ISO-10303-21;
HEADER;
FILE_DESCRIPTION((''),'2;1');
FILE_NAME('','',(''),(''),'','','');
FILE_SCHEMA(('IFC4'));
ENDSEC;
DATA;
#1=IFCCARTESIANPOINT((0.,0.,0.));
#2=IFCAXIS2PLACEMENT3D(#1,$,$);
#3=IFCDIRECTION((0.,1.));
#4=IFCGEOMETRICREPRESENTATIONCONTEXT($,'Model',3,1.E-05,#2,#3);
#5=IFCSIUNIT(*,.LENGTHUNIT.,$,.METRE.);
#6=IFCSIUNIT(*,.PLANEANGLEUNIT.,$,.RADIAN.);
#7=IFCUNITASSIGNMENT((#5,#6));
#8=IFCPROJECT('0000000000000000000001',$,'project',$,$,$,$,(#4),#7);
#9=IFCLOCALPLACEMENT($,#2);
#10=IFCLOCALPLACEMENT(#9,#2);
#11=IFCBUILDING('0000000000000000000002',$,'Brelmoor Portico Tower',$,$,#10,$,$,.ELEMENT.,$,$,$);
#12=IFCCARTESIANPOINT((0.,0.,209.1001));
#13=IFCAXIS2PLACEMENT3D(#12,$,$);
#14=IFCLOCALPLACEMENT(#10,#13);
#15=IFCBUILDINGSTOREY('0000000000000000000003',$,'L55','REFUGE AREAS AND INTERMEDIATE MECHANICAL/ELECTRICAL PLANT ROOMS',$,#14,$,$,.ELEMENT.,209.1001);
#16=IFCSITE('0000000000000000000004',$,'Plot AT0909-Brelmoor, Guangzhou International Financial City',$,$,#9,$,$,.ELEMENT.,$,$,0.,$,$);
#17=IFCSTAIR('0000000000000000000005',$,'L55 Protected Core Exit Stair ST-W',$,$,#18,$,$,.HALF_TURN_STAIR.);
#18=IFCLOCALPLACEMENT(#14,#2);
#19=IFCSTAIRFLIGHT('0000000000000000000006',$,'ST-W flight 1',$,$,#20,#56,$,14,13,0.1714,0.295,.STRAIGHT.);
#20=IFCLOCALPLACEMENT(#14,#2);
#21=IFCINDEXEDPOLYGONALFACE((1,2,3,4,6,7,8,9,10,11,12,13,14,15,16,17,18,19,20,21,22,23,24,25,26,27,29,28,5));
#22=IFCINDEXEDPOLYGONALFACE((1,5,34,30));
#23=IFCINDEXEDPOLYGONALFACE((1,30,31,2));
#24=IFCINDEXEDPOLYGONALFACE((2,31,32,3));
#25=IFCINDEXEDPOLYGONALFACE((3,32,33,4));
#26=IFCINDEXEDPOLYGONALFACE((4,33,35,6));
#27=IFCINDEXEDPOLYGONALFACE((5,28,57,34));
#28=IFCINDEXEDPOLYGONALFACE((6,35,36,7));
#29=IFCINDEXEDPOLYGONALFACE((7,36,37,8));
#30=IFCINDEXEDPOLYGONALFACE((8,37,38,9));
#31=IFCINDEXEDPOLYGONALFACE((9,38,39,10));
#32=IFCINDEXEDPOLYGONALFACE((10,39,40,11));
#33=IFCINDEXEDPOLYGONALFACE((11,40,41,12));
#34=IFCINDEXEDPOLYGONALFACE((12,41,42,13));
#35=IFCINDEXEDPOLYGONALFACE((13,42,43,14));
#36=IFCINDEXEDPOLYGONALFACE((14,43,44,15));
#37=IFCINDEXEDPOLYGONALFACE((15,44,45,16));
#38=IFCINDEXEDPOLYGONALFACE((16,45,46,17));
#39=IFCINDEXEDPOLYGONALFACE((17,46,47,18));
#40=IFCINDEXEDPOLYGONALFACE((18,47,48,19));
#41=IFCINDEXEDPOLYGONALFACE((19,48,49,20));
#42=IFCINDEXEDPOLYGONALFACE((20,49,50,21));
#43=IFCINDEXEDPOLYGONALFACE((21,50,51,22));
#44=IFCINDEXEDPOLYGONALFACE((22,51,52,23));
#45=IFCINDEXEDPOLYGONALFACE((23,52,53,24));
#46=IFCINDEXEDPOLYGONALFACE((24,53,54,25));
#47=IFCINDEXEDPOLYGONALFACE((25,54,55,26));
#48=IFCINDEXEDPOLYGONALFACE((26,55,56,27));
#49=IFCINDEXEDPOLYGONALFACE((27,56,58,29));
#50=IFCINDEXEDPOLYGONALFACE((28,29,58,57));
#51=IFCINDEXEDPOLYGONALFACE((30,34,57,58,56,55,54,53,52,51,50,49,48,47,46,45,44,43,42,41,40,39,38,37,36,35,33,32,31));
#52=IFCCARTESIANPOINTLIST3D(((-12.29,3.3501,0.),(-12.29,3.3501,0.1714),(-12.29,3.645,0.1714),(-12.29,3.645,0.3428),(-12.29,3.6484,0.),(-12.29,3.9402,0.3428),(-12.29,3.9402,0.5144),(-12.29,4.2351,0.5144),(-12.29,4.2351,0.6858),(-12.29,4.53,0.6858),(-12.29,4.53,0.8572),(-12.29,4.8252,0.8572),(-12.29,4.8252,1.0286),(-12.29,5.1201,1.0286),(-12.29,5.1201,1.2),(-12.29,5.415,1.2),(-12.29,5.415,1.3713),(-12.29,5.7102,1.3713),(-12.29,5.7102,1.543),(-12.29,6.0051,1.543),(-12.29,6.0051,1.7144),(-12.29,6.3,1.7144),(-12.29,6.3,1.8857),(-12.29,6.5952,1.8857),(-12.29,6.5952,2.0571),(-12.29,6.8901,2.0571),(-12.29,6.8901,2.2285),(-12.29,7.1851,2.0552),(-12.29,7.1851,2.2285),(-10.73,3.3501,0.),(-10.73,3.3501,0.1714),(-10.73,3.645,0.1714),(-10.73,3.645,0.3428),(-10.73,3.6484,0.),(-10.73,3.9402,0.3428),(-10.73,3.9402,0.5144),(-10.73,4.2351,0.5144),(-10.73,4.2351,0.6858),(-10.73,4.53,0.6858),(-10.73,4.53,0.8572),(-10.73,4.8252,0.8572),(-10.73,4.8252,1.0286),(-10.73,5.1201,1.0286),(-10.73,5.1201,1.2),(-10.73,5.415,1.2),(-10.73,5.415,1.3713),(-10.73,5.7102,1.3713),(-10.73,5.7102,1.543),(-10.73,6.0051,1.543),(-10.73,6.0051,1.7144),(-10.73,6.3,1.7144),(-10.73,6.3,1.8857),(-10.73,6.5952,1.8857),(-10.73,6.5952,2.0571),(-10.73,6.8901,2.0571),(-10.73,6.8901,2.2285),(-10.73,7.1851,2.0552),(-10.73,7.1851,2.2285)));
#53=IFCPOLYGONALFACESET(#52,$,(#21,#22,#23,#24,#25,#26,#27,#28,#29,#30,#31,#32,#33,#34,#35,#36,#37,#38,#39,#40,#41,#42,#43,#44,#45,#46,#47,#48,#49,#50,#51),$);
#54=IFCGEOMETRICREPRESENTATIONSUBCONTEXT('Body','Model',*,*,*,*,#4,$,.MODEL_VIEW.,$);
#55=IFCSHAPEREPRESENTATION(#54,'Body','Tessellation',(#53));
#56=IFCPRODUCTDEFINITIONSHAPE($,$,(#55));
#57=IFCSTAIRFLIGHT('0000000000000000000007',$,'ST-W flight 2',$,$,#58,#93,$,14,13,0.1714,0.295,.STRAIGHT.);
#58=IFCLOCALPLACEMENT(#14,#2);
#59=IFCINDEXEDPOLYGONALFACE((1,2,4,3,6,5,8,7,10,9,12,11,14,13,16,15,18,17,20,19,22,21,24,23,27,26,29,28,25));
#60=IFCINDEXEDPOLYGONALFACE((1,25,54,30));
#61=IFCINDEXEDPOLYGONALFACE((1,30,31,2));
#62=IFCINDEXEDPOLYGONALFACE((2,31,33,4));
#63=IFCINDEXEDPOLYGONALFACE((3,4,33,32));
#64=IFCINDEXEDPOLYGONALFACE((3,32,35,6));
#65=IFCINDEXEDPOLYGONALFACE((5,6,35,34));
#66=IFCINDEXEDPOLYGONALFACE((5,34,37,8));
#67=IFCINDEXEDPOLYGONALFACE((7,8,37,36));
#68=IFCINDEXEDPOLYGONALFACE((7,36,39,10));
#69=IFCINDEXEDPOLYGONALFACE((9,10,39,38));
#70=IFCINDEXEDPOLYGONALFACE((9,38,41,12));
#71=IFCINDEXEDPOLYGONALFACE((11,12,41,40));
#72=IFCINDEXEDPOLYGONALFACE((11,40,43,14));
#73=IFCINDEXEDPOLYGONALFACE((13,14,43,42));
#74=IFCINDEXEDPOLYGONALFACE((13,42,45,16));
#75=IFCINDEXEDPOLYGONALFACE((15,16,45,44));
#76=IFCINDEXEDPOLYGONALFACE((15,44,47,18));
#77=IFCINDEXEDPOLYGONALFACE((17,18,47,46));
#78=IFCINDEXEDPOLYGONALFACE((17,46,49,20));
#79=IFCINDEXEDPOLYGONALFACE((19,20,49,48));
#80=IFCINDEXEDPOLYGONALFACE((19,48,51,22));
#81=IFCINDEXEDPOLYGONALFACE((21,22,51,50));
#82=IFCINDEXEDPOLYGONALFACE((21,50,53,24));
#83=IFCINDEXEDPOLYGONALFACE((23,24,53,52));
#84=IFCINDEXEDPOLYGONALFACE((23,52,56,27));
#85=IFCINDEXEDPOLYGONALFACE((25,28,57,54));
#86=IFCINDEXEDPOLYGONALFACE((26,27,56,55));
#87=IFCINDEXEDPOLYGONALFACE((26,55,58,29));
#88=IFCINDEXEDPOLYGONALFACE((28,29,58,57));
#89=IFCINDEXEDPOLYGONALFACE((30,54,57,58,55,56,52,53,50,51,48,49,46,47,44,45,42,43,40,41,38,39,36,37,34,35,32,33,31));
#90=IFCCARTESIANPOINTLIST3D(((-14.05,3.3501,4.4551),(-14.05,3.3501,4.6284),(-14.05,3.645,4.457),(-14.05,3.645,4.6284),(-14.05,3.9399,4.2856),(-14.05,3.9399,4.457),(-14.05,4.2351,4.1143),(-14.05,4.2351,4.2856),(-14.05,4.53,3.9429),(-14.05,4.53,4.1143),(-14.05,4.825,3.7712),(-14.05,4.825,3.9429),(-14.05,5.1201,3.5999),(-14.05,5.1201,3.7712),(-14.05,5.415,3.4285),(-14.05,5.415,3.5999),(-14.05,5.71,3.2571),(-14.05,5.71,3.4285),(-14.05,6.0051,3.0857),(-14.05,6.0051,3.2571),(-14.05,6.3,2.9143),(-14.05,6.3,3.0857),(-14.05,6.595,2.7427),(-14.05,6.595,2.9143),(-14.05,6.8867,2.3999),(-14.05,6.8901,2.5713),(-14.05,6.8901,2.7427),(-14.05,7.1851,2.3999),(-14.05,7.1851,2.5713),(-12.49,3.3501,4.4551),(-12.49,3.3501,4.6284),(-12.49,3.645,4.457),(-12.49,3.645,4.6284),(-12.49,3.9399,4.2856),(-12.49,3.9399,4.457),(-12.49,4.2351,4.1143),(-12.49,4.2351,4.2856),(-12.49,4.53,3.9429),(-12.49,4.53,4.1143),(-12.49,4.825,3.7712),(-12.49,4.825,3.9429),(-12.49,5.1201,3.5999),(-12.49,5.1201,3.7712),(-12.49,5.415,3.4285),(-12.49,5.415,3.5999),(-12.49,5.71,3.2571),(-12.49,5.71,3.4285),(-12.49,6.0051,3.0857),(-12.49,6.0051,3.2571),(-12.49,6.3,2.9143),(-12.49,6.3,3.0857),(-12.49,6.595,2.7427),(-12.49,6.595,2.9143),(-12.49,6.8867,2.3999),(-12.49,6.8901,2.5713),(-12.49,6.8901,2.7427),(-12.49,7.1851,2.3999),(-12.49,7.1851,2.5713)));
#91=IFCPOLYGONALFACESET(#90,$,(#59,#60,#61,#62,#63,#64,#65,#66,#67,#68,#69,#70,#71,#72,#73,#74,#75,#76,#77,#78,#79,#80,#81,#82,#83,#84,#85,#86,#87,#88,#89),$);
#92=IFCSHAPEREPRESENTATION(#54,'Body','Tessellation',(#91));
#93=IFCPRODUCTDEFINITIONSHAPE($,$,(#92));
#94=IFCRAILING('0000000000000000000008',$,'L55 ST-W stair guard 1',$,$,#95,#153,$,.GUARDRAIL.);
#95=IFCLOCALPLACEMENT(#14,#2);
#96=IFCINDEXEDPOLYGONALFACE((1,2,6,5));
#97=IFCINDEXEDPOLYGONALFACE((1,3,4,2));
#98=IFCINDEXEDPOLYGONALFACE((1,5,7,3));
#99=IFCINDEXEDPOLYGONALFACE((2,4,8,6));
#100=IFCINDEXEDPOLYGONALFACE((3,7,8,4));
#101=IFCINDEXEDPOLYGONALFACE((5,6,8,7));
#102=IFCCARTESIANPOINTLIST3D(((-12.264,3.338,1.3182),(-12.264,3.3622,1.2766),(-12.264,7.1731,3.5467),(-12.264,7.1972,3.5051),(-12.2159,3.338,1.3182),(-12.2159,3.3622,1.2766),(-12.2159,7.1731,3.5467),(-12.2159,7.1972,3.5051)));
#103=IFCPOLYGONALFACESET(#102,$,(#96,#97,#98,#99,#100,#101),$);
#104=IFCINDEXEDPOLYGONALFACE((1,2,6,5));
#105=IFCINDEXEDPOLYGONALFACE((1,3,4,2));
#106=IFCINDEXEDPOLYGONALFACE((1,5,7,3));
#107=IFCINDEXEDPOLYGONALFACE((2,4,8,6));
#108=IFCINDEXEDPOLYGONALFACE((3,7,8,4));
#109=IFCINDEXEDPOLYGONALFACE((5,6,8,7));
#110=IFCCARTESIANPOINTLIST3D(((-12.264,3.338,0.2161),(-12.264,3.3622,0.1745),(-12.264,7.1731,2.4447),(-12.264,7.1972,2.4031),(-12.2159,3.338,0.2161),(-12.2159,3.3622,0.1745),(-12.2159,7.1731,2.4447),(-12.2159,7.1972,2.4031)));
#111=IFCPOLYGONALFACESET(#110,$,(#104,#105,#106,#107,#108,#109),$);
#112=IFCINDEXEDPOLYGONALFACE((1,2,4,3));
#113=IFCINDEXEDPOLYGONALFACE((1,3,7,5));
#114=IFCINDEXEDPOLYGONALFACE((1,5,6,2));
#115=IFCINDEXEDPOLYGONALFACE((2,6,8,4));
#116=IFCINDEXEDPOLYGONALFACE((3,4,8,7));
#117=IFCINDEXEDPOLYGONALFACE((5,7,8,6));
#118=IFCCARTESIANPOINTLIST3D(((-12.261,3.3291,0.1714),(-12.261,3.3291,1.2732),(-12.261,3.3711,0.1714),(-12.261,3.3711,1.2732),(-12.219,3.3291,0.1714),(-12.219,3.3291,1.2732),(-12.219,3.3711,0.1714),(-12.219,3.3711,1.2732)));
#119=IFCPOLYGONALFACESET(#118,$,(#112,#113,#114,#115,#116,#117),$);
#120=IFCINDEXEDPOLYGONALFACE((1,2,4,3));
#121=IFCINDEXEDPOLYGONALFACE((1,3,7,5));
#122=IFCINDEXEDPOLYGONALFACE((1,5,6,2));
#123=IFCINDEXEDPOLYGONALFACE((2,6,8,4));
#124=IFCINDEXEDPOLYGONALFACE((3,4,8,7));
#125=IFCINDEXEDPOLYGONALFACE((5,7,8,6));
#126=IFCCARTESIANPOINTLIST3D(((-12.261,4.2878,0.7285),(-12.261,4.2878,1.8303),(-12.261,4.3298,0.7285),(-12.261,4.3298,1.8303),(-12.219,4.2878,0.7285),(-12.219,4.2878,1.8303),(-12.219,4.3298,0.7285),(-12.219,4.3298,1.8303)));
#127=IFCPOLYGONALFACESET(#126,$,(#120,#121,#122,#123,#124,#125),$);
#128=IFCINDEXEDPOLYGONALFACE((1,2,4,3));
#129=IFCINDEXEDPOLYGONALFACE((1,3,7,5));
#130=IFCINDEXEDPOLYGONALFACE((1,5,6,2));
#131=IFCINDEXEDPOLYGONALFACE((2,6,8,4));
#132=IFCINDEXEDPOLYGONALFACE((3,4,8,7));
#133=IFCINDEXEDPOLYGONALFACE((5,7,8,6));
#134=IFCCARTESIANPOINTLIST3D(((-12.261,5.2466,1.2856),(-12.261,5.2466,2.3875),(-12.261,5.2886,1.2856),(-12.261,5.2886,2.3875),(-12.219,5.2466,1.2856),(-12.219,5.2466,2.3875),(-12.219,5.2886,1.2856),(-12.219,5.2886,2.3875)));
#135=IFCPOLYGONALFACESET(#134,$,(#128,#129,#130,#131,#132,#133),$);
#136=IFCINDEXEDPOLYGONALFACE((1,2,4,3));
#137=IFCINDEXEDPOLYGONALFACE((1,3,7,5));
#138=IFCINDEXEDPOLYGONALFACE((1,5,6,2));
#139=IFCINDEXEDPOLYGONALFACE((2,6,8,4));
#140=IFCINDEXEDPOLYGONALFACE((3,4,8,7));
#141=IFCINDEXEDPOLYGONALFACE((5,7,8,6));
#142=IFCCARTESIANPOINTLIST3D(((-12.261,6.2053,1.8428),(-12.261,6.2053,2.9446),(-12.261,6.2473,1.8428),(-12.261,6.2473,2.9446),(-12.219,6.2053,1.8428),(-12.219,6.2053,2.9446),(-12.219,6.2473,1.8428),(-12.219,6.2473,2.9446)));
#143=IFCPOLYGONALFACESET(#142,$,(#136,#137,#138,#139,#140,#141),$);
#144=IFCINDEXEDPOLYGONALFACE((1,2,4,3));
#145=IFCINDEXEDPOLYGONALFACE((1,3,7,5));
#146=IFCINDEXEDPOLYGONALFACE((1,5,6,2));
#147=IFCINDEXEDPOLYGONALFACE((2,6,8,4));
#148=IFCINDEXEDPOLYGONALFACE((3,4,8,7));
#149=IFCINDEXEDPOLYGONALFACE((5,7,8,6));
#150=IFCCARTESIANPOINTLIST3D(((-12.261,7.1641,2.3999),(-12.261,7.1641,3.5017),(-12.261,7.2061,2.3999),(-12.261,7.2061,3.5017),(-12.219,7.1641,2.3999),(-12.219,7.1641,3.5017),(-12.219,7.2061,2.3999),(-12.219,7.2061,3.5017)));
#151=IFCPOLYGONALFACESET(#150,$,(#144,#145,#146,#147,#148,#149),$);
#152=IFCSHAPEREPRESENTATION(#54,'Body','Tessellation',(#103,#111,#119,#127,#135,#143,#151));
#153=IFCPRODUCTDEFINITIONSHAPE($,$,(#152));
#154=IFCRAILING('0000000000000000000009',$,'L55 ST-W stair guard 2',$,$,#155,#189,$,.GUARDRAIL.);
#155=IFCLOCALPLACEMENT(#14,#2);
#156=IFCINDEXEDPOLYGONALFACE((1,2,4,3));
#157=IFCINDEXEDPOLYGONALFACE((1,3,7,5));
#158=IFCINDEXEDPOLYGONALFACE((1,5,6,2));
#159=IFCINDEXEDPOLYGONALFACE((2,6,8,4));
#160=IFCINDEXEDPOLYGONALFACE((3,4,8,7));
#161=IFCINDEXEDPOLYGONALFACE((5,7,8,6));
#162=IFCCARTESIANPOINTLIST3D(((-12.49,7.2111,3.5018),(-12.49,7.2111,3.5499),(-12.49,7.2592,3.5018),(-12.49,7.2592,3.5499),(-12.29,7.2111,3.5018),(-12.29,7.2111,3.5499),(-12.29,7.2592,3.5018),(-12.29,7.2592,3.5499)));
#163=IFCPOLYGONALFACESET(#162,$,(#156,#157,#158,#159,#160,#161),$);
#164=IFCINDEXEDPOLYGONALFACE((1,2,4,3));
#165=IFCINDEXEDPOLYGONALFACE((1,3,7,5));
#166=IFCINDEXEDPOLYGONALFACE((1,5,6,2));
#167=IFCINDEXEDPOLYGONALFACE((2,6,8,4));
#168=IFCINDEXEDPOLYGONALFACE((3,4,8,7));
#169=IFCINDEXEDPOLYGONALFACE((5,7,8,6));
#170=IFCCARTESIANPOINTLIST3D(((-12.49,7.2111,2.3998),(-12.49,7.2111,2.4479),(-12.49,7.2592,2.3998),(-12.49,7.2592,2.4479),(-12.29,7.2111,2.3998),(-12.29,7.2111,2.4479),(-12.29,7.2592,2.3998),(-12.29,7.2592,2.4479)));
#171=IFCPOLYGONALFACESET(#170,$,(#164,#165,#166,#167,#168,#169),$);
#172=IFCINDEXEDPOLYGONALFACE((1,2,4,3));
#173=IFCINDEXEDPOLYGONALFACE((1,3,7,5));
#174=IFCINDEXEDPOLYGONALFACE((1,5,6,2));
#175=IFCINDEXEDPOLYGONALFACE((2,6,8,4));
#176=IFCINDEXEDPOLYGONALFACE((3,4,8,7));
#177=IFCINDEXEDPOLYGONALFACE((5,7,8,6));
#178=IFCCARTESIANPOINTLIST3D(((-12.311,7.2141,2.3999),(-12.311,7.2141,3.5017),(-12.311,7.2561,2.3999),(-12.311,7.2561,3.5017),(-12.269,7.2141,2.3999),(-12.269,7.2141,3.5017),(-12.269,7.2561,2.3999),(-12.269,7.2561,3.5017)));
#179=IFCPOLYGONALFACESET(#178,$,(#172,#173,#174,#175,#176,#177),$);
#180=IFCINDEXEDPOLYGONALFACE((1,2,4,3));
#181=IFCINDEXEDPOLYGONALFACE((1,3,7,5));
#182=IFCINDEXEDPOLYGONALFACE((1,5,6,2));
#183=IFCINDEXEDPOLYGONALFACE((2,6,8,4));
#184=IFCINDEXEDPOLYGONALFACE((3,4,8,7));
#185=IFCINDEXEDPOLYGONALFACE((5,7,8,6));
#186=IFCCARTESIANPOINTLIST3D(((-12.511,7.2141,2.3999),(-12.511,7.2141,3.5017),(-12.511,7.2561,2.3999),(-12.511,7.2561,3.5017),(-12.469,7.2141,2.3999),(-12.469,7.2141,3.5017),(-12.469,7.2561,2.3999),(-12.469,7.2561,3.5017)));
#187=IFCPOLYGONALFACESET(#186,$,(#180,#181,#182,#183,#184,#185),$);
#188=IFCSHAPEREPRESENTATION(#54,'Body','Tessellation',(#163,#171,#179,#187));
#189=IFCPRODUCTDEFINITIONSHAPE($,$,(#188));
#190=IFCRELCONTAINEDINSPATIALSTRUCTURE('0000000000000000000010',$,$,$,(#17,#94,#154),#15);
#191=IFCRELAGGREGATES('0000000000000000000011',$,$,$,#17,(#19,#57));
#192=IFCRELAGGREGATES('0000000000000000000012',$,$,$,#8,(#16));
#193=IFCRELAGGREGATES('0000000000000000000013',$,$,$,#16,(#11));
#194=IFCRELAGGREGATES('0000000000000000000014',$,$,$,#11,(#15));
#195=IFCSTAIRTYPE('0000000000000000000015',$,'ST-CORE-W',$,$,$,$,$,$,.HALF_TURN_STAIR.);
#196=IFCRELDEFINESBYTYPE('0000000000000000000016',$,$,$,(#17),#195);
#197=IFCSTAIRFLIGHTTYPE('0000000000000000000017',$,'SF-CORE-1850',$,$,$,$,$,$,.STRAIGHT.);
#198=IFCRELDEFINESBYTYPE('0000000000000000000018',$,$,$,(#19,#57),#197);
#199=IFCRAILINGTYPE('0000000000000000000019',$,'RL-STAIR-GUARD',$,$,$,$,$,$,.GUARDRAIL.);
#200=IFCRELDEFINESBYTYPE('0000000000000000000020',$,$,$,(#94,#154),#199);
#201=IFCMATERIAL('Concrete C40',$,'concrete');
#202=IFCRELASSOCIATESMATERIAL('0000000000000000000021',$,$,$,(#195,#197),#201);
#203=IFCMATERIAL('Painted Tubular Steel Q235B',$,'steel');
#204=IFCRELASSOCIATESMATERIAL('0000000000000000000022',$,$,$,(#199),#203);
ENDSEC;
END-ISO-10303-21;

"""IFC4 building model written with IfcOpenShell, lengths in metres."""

from ifc_helpers import new_model, si_unit, direction, frame, origin, origin_2d, place, context, subcontext, project, spatial, polyline, rectangle, outline, extrude, material, type_object, element, aggregate, save


model = new_model("IFC4")

# Units and contexts
model_context = context("Model", 3, precision=1e-05, world=origin(), true_north=direction((0.0, 1.0)))
body_context = subcontext(model_context, "Body", "Model", "MODEL_VIEW")
ifc_project = project(units=[si_unit("LENGTHUNIT", "METRE"), si_unit("PLANEANGLEUNIT", "RADIAN")], contexts=[model_context])

# Site, building, storey
site_placement = place(None, origin())
site = spatial("IfcSite", under=ifc_project, at=site_placement, Name="Plot AT0909-Brelmoor, Guangzhou International Financial City", CompositionType="ELEMENT", RefElevation=0.0)
building_placement = place(site_placement, origin())
building = spatial("IfcBuilding", under=site, at=building_placement, Name="Brelmoor Portico Tower", CompositionType="ELEMENT")
storey_placement = place(building_placement, frame((0.0, 0.0, 209.1001)))
storey = spatial("IfcBuildingStorey", under=building, at=storey_placement, Name="L55", Description="REFUGE AREAS AND INTERMEDIATE MECHANICAL/ELECTRICAL PLANT ROOMS", CompositionType="ELEMENT", Elevation=209.1001)

# Shared definitions
ifc_material_1 = material(Name="Concrete C40", Category="concrete")

# Stair, stair flights
stair_type = type_object("IfcStairType", Name="ST-CORE-W", PredefinedType="HALF_TURN_STAIR", material=ifc_material_1)
stair_placement = place(storey_placement, origin())
stair = element("IfcStair", 1, at=stair_placement, inside=storey, type_object=stair_type, Name="L55 Protected Core Exit Stair ST-W", PredefinedType="HALF_TURN_STAIR")
stair_flight_type = type_object("IfcStairFlightType", Name="SF-CORE-1850", PredefinedType="STRAIGHT", material=ifc_material_1)
stair_flight_1_placement = place(storey_placement, frame((-11.51, 3.3501, 0.0), z_axis=(0.0, 0.0, 1.0), x_axis=(0.0, 1.0, 0.0)))
stair_flight_1 = element("IfcStairFlight", 2, at=stair_flight_1_placement, type_object=stair_flight_type, Name="ST-W flight 1", NumberOfRisers=14, NumberOfTreads=13, PredefinedType="STRAIGHT", RiserHeight=0.1714, TreadLength=0.295, context=body_context, shape_type="SweptSolid", body=[
    extrude(outline(polyline([(0.0, 0.0), (0.0, 0.1714), (0.2949, 0.1714), (0.2949, 0.3428), (0.5901, 0.3428), (0.5901, 0.5144), (0.885, 0.5144), (0.885, 0.6858), (1.1799, 0.6858), (1.1799, 0.8572), (1.4751, 0.8572), (1.4751, 1.0286), (1.77, 1.0286), (1.77, 1.2), (2.0649, 1.2), (2.0649, 1.3713), (2.3601, 1.3713), (2.3601, 1.543), (2.655, 1.543), (2.655, 1.7144), (2.95, 1.7144), (2.95, 1.8857), (3.2451, 1.8857), (3.2451, 2.0571), (3.54, 2.0571), (3.54, 2.2285), (3.835, 2.2285), (3.835, 2.3999), (3.835, 2.0552), (0.2983, 0.0), (0.0, 0.0)])), frame((0.0, 0.78, 0.0), z_axis=(0.0, -1.0, 0.0), x_axis=(1.0, 0.0, 0.0)), (0.0, 0.0, 1.0), 1.5601),
])
stair_flight_2_placement = place(storey_placement, frame((-13.27, 7.1851, 2.3999), z_axis=(0.0, 0.0, 1.0), x_axis=(0.0, -1.0, 0.0)))
stair_flight_2 = element("IfcStairFlight", 3, at=stair_flight_2_placement, type_object=stair_flight_type, Name="ST-W flight 2", NumberOfRisers=14, NumberOfTreads=13, PredefinedType="STRAIGHT", RiserHeight=0.1714, TreadLength=0.295, context=body_context, shape_type="SweptSolid", body=[
    extrude(outline(polyline([(0.0, 0.0), (0.0, 0.1714), (0.2949, 0.1714), (0.2949, 0.3428), (0.5901, 0.3428), (0.5901, 0.5144), (0.885, 0.5144), (0.885, 0.6858), (1.1799, 0.6858), (1.1799, 0.8572), (1.4751, 0.8572), (1.4751, 1.0286), (1.77, 1.0286), (1.77, 1.2), (2.0649, 1.2), (2.0649, 1.3713), (2.3601, 1.3713), (2.3601, 1.543), (2.655, 1.543), (2.655, 1.7144), (2.95, 1.7144), (2.95, 1.8857), (3.2451, 1.8857), (3.2451, 2.0571), (3.54, 2.0571), (3.54, 2.2285), (3.835, 2.2285), (3.835, 2.3999), (3.835, 2.0552), (0.2983, 0.0), (0.0, 0.0)])), frame((0.0, 0.78, 0.0), z_axis=(0.0, -1.0, 0.0), x_axis=(1.0, 0.0, 0.0)), (0.0, 0.0, 1.0), 1.5601),
])
aggregate(stair, [stair_flight_1, stair_flight_2])

# Railings
ifc_material_2 = material(Name="Painted Tubular Steel Q235B", Category="steel")
railing_type_1 = type_object("IfcRailingType", Name="RL-STAIR-GUARD", PredefinedType="GUARDRAIL", material=ifc_material_2)
railing_1_placement = place(storey_placement, frame((-12.24, 3.3501, 0.1714)))
element("IfcRailing", 4, at=railing_1_placement, inside=storey, type_object=railing_type_1, Name="L55 ST-W stair guard 1", PredefinedType="GUARDRAIL", context=body_context, shape_type="SweptSolid", body=[
    extrude(rectangle(XDim=0.0481, YDim=0.0481, at=origin_2d()), frame((0.0, 0.0, 1.126), z_axis=(0.0, 0.864616, 0.502433), x_axis=(-1.0, 0.0, 0.0)), (0.0, 0.0, 1.0), 4.4355),
    extrude(rectangle(XDim=0.0481, YDim=0.0481, at=origin_2d()), frame((0.0, 0.0, 0.0239), z_axis=(0.0, 0.864616, 0.502433), x_axis=(-1.0, 0.0, 0.0)), (0.0, 0.0, 1.0), 4.4355),
    extrude(rectangle(XDim=0.042, YDim=0.042, at=origin_2d()), origin(), (0.0, 0.0, 1.0), 1.1018),
    extrude(rectangle(XDim=0.042, YDim=0.042, at=origin_2d()), frame((0.0, 0.9587, 0.5571)), (0.0, 0.0, 1.0), 1.1018),
    extrude(rectangle(XDim=0.042, YDim=0.042, at=origin_2d()), frame((0.0, 1.9175, 1.1143)), (0.0, 0.0, 1.0), 1.1018),
    extrude(rectangle(XDim=0.042, YDim=0.042, at=origin_2d()), frame((0.0, 2.8762, 1.6714)), (0.0, 0.0, 1.0), 1.1018),
    extrude(rectangle(XDim=0.042, YDim=0.042, at=origin_2d()), frame((0.0, 3.835, 2.2285)), (0.0, 0.0, 1.0), 1.1018),
])
railing_2_placement = place(storey_placement, frame((-12.29, 7.2351, 2.3999)))
element("IfcRailing", 5, at=railing_2_placement, inside=storey, type_object=railing_type_1, Name="L55 ST-W stair guard 2", PredefinedType="GUARDRAIL", context=body_context, shape_type="SweptSolid", body=[
    extrude(rectangle(XDim=0.0481, YDim=0.0481, at=origin_2d()), frame((0.0, 0.0, 1.126), z_axis=(-1.0, 0.0, 0.0), x_axis=(0.0, -1.0, 0.0)), (0.0, 0.0, 1.0), 0.2),
    extrude(rectangle(XDim=0.0481, YDim=0.0481, at=origin_2d()), frame((0.0, 0.0, 0.0239), z_axis=(-1.0, 0.0, 0.0), x_axis=(0.0, -1.0, 0.0)), (0.0, 0.0, 1.0), 0.2),
    extrude(rectangle(XDim=0.042, YDim=0.042, at=origin_2d()), origin(), (0.0, 0.0, 1.0), 1.1018),
    extrude(rectangle(XDim=0.042, YDim=0.042, at=origin_2d()), frame((-0.2, 0.0, 0.0)), (0.0, 0.0, 1.0), 1.1018),
])

save(model, "model.ifc")
